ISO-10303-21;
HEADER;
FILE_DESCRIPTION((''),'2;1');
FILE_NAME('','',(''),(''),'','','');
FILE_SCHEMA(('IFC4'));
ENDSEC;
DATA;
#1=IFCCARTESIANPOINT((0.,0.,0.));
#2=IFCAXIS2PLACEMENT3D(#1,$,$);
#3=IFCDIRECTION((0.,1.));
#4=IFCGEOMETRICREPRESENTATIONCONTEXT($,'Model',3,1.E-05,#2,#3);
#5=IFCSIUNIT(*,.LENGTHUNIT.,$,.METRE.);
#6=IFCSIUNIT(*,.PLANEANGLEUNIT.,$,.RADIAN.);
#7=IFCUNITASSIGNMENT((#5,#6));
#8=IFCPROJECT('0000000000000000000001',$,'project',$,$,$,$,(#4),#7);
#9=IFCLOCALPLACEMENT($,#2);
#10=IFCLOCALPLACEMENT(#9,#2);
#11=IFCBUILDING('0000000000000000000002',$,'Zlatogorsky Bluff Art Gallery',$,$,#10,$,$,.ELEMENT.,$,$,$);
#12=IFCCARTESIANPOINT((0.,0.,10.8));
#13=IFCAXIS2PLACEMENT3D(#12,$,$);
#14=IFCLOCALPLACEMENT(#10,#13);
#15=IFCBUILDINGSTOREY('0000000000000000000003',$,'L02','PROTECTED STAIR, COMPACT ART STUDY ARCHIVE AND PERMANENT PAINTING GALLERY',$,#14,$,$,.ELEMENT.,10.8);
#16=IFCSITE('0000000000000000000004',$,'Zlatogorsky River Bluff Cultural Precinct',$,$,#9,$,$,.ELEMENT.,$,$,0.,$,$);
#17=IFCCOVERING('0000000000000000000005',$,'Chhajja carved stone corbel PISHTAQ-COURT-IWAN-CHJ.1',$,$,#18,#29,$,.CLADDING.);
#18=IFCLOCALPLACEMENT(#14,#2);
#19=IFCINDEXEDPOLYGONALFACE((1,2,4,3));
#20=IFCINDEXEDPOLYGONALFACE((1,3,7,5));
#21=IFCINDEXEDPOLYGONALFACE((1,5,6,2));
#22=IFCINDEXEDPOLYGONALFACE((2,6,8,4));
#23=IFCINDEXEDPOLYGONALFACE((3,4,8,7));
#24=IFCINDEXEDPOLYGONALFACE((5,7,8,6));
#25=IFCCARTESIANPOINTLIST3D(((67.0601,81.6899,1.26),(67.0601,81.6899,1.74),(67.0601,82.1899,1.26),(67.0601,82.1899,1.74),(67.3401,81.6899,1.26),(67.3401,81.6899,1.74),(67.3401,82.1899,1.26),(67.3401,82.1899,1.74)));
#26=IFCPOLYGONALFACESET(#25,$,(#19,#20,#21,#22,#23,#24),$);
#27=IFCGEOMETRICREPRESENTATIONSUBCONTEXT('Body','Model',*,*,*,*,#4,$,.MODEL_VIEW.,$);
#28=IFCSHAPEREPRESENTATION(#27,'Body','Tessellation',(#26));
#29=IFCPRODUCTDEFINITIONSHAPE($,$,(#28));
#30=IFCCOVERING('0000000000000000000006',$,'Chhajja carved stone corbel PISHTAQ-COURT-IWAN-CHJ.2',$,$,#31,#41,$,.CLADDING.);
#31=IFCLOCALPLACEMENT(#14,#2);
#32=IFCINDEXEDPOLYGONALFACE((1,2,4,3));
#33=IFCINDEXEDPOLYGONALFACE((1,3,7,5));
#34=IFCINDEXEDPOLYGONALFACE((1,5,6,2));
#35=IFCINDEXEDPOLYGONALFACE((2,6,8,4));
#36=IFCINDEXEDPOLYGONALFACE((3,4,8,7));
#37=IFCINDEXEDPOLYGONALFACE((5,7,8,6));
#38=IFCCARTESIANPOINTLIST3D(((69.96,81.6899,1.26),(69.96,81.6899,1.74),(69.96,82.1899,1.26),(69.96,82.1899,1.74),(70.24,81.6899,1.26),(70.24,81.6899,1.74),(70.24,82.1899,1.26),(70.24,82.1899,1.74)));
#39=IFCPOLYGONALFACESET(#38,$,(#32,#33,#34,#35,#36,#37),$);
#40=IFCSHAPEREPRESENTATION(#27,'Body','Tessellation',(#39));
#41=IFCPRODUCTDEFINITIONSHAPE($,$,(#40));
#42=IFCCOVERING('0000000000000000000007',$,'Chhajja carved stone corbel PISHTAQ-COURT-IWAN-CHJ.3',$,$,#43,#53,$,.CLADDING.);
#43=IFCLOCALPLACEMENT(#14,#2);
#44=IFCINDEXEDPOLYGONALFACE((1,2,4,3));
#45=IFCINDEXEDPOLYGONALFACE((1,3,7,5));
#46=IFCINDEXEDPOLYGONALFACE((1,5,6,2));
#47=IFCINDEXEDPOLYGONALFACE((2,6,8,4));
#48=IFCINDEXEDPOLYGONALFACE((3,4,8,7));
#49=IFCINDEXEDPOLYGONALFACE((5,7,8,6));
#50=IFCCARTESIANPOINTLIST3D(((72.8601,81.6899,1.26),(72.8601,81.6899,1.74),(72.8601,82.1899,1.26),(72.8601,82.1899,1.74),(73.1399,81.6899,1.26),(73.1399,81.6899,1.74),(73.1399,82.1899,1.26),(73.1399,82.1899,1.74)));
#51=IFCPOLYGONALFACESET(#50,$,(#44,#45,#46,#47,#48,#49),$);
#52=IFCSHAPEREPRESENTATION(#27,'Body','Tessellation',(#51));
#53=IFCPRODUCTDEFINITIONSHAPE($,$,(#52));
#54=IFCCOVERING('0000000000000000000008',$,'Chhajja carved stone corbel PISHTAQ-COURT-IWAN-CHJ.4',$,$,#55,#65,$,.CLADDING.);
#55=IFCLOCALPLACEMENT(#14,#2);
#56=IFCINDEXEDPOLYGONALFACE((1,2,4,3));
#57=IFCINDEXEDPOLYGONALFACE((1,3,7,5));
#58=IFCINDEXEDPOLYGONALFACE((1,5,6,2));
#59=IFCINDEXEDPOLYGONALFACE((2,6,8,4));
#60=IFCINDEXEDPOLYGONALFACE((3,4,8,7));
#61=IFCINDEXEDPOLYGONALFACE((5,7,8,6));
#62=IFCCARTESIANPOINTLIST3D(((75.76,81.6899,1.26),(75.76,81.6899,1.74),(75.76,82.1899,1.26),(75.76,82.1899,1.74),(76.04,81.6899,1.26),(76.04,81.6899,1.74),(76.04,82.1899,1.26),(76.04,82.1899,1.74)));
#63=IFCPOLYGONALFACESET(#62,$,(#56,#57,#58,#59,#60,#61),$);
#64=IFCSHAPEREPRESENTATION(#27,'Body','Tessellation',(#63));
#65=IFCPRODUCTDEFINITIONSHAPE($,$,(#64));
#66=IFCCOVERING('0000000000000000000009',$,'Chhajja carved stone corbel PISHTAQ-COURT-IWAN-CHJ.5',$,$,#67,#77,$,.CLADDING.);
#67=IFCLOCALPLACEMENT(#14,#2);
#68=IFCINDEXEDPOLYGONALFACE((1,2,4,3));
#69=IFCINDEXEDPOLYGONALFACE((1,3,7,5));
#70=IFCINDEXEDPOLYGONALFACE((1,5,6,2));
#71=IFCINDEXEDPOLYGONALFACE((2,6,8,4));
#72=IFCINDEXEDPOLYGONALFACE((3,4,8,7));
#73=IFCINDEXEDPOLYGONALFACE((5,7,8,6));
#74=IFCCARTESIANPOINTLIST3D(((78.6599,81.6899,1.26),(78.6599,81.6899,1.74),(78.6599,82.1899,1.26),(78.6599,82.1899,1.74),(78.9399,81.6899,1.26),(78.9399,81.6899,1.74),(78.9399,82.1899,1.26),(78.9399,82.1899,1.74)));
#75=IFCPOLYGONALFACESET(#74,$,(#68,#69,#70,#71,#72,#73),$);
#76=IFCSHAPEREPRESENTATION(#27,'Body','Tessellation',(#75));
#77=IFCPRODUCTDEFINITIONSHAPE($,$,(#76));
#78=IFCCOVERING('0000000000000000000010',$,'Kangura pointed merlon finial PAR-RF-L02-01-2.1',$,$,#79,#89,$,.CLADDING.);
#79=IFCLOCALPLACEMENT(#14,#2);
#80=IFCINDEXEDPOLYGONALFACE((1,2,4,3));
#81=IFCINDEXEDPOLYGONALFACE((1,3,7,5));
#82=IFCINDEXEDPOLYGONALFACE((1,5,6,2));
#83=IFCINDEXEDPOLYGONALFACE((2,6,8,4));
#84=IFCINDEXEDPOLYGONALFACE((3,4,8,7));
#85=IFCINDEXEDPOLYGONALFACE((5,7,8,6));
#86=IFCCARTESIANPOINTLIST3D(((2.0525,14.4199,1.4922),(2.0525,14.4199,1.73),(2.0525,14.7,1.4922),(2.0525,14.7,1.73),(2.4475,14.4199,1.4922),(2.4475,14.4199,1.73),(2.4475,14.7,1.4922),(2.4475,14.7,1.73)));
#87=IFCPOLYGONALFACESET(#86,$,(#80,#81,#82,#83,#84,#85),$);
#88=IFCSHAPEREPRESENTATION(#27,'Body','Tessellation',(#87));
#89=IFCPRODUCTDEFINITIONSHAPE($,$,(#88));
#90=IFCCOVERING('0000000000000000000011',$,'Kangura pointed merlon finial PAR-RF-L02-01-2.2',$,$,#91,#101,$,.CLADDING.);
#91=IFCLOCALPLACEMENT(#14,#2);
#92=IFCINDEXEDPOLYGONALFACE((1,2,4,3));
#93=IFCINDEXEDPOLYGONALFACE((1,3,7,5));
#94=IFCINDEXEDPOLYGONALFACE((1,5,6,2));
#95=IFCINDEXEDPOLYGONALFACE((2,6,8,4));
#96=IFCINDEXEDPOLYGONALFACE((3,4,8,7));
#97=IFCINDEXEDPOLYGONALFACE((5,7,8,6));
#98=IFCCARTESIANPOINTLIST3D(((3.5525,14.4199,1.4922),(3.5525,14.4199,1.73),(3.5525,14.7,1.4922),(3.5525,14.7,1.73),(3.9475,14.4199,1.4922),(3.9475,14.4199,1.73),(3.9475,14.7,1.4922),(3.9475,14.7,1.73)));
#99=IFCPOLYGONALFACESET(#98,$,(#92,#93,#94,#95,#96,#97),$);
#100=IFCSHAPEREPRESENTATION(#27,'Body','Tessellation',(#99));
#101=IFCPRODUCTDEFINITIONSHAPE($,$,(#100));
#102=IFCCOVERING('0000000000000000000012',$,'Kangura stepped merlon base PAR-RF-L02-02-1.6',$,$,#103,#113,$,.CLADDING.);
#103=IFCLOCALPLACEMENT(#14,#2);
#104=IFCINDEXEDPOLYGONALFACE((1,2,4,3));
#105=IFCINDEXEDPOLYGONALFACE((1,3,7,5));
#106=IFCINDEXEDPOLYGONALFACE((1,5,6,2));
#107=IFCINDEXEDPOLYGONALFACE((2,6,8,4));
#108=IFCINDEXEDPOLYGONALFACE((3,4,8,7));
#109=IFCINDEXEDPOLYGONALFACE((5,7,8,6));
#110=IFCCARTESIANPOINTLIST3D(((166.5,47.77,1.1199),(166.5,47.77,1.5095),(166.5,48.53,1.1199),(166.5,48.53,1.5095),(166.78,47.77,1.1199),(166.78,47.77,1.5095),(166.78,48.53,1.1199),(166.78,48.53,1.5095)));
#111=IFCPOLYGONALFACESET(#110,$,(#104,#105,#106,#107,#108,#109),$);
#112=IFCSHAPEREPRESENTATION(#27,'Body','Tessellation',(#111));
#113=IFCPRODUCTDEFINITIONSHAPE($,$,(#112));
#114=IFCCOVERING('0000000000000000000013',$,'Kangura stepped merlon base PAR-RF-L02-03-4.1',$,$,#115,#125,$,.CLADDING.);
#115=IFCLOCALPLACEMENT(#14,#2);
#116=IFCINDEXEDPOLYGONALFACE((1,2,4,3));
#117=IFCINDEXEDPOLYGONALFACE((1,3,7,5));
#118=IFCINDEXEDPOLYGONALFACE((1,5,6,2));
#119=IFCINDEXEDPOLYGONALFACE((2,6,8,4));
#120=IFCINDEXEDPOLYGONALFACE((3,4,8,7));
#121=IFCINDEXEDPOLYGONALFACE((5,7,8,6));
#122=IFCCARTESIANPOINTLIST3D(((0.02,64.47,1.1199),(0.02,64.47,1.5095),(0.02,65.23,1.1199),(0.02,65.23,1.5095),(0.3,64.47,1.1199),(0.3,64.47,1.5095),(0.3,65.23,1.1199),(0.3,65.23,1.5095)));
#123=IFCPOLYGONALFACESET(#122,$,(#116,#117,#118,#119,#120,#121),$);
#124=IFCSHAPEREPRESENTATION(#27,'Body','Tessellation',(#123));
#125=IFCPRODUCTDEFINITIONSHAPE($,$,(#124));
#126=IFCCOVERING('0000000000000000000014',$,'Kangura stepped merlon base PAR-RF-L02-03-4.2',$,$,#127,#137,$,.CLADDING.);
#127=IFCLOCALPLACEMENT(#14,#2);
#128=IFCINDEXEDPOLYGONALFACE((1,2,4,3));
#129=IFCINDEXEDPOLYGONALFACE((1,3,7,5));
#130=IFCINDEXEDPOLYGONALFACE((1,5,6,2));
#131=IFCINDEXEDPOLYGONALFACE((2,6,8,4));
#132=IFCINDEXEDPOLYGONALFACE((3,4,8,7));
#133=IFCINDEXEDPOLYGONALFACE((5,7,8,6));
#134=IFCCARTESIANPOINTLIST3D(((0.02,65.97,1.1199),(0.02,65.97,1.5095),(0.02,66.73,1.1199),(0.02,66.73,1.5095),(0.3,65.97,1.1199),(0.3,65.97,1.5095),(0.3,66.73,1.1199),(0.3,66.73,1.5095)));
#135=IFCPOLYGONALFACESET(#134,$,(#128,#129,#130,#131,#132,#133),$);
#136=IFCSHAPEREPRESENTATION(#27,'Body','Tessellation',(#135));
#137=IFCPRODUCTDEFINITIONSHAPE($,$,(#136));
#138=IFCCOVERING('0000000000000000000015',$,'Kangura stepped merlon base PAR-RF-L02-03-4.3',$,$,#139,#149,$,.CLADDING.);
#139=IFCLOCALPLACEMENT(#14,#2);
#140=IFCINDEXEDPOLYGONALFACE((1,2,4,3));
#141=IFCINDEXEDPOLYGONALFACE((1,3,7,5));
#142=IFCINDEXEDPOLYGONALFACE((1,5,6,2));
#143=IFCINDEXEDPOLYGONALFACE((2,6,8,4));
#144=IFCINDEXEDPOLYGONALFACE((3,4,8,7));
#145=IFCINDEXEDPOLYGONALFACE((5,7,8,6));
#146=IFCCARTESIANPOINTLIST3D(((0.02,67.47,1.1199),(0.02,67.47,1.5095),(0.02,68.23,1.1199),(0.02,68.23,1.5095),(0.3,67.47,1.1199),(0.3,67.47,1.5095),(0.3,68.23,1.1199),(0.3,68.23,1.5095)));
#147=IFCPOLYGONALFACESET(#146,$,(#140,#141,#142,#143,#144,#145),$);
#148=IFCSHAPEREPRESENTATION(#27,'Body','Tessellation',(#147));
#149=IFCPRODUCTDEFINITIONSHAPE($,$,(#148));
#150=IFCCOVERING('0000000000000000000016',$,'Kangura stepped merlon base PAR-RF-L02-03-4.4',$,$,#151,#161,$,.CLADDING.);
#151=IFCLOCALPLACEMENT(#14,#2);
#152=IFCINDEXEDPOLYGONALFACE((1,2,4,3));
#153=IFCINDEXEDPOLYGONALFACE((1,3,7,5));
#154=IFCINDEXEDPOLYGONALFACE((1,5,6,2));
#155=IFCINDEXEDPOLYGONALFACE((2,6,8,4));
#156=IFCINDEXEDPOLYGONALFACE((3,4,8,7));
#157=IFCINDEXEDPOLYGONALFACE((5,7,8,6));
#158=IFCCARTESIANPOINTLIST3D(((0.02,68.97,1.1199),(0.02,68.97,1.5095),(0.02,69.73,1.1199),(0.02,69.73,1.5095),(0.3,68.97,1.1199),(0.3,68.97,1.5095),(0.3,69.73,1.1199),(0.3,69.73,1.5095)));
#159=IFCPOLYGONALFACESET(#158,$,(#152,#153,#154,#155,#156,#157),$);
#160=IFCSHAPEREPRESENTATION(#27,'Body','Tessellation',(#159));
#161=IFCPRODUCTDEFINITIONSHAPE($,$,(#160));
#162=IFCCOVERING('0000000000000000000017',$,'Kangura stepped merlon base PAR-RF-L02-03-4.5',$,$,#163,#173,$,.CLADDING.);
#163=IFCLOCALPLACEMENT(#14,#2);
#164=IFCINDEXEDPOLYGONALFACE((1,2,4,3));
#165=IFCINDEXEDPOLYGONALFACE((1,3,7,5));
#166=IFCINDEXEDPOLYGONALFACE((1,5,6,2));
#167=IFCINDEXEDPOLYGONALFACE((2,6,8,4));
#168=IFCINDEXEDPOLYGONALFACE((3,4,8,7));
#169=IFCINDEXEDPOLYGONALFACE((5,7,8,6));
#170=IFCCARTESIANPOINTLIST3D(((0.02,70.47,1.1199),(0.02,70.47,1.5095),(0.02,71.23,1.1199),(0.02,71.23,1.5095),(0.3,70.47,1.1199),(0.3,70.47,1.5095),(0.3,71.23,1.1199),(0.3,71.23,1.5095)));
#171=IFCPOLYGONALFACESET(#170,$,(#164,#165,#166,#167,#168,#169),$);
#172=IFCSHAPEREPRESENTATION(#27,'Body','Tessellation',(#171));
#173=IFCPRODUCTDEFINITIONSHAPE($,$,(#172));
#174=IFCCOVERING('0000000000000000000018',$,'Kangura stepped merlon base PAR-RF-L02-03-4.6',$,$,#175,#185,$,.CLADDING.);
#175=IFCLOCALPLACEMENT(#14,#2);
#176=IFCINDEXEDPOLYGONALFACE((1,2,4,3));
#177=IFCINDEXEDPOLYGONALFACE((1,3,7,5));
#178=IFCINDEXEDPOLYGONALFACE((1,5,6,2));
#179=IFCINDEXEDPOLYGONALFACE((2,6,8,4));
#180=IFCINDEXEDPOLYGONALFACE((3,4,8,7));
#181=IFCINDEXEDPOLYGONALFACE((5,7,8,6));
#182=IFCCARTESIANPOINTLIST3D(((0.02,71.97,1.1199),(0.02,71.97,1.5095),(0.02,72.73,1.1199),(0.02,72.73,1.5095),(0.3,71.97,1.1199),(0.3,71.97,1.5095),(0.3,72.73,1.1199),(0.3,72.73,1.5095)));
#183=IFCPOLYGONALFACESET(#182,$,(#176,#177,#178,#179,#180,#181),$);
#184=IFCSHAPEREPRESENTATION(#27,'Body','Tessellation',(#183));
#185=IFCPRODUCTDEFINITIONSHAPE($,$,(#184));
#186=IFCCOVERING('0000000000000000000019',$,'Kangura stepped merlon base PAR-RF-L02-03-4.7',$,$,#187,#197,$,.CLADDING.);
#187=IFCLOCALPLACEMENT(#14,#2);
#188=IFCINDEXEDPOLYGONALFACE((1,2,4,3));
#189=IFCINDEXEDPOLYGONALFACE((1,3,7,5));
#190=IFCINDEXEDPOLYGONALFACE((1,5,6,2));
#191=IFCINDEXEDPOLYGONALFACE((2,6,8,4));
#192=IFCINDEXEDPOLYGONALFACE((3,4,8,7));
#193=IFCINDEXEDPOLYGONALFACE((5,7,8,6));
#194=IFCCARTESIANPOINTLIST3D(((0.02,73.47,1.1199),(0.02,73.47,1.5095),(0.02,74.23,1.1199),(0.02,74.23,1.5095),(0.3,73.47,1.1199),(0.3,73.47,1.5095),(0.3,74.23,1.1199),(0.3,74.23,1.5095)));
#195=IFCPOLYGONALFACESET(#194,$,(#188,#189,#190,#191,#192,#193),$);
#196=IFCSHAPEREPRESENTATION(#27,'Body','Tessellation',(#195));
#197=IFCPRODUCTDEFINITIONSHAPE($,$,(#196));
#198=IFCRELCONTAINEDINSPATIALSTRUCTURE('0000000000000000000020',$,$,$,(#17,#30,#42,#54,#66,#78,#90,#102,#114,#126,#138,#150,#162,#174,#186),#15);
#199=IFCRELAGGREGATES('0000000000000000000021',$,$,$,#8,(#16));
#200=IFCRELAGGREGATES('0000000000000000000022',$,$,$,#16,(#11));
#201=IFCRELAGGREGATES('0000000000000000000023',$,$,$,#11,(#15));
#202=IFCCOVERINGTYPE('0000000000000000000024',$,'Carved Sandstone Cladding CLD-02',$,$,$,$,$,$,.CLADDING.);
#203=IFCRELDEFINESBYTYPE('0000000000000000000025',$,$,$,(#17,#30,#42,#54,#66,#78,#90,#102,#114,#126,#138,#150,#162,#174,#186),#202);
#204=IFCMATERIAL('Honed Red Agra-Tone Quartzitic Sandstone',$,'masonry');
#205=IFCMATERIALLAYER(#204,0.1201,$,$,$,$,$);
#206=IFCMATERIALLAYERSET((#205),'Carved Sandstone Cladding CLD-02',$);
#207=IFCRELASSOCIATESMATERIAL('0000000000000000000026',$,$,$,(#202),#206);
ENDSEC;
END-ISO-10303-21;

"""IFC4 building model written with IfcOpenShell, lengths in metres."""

from ifc_helpers import new_model, si_unit, direction, frame, origin, place, context, subcontext, project, spatial, polyline, outline, extrude, material, layer, layer_set, type_object, element, save


model = new_model("IFC4")

# Units and contexts
model_context = context("Model", 3, precision=1e-05, world=origin(), true_north=direction((0.0, 1.0)))
body_context = subcontext(model_context, "Body", "Model", "MODEL_VIEW")
ifc_project = project(units=[si_unit("LENGTHUNIT", "METRE"), si_unit("PLANEANGLEUNIT", "RADIAN")], contexts=[model_context])

# Site, building, storey
site_placement = place(None, origin())
site = spatial("IfcSite", under=ifc_project, at=site_placement, Name="Zlatogorsky River Bluff Cultural Precinct", CompositionType="ELEMENT", RefElevation=0.0)
building_placement = place(site_placement, origin())
building = spatial("IfcBuilding", under=site, at=building_placement, Name="Zlatogorsky Bluff Art Gallery", CompositionType="ELEMENT")
storey_placement = place(building_placement, frame((0.0, 0.0, 10.8)))
storey = spatial("IfcBuildingStorey", under=building, at=storey_placement, Name="L02", Description="PROTECTED STAIR, COMPACT ART STUDY ARCHIVE AND PERMANENT PAINTING GALLERY", CompositionType="ELEMENT", Elevation=10.8)

# Coverings
ifc_material = material(Name="Honed Red Agra-Tone Quartzitic Sandstone", Category="masonry")
ifc_layer = layer(ifc_material, 0.1201)
ifc_layer_set = layer_set([ifc_layer], Name="Carved Sandstone Cladding CLD-02")
covering_type = type_object("IfcCoveringType", Name="Carved Sandstone Cladding CLD-02", PredefinedType="CLADDING", material=ifc_layer_set)
covering_1_placement = place(storey_placement, frame((0.0, 0.0, 1.26)))
element("IfcCovering", 1, at=covering_1_placement, inside=storey, type_object=covering_type, Name="Chhajja carved stone corbel PISHTAQ-COURT-IWAN-CHJ.1", PredefinedType="CLADDING", context=body_context, shape_type="SweptSolid", body=[
    extrude(outline(polyline([(67.0601, 81.6899), (67.3401, 81.6899), (67.3401, 82.1899), (67.0601, 82.1899), (67.0601, 81.6899)])), origin(), (0.0, 0.0, 1.0), 0.48),
])
covering_2_placement = place(storey_placement, frame((0.0, 0.0, 1.26)))
element("IfcCovering", 2, at=covering_2_placement, inside=storey, type_object=covering_type, Name="Chhajja carved stone corbel PISHTAQ-COURT-IWAN-CHJ.2", PredefinedType="CLADDING", context=body_context, shape_type="SweptSolid", body=[
    extrude(outline(polyline([(69.96, 81.6899), (70.24, 81.6899), (70.24, 82.1899), (69.96, 82.1899), (69.96, 81.6899)])), origin(), (0.0, 0.0, 1.0), 0.48),
])
covering_3_placement = place(storey_placement, frame((0.0, 0.0, 1.26)))
element("IfcCovering", 3, at=covering_3_placement, inside=storey, type_object=covering_type, Name="Chhajja carved stone corbel PISHTAQ-COURT-IWAN-CHJ.3", PredefinedType="CLADDING", context=body_context, shape_type="SweptSolid", body=[
    extrude(outline(polyline([(72.8601, 81.6899), (73.1399, 81.6899), (73.1399, 82.1899), (72.8601, 82.1899), (72.8601, 81.6899)])), origin(), (0.0, 0.0, 1.0), 0.48),
])
covering_4_placement = place(storey_placement, frame((0.0, 0.0, 1.26)))
element("IfcCovering", 4, at=covering_4_placement, inside=storey, type_object=covering_type, Name="Chhajja carved stone corbel PISHTAQ-COURT-IWAN-CHJ.4", PredefinedType="CLADDING", context=body_context, shape_type="SweptSolid", body=[
    extrude(outline(polyline([(75.76, 81.6899), (76.04, 81.6899), (76.04, 82.1899), (75.76, 82.1899), (75.76, 81.6899)])), origin(), (0.0, 0.0, 1.0), 0.48),
])
covering_5_placement = place(storey_placement, frame((0.0, 0.0, 1.26)))
element("IfcCovering", 5, at=covering_5_placement, inside=storey, type_object=covering_type, Name="Chhajja carved stone corbel PISHTAQ-COURT-IWAN-CHJ.5", PredefinedType="CLADDING", context=body_context, shape_type="SweptSolid", body=[
    extrude(outline(polyline([(78.6599, 81.6899), (78.9399, 81.6899), (78.9399, 82.1899), (78.6599, 82.1899), (78.6599, 81.6899)])), origin(), (0.0, 0.0, 1.0), 0.48),
])
covering_6_placement = place(storey_placement, frame((0.0, 0.0, 1.4922)))
element("IfcCovering", 6, at=covering_6_placement, inside=storey, type_object=covering_type, Name="Kangura pointed merlon finial PAR-RF-L02-01-2.1", PredefinedType="CLADDING", context=body_context, shape_type="SweptSolid", body=[
    extrude(outline(polyline([(2.0525, 14.4199), (2.4475, 14.4199), (2.4475, 14.7), (2.0525, 14.7), (2.0525, 14.4199)])), origin(), (0.0, 0.0, 1.0), 0.2378),
])
covering_7_placement = place(storey_placement, frame((0.0, 0.0, 1.4922)))
element("IfcCovering", 7, at=covering_7_placement, inside=storey, type_object=covering_type, Name="Kangura pointed merlon finial PAR-RF-L02-01-2.2", PredefinedType="CLADDING", context=body_context, shape_type="SweptSolid", body=[
    extrude(outline(polyline([(3.5525, 14.4199), (3.9475, 14.4199), (3.9475, 14.7), (3.5525, 14.7), (3.5525, 14.4199)])), origin(), (0.0, 0.0, 1.0), 0.2378),
])
covering_8_placement = place(storey_placement, frame((0.0, 0.0, 1.1199)))
element("IfcCovering", 8, at=covering_8_placement, inside=storey, type_object=covering_type, Name="Kangura stepped merlon base PAR-RF-L02-02-1.6", PredefinedType="CLADDING", context=body_context, shape_type="SweptSolid", body=[
    extrude(outline(polyline([(166.5, 47.77), (166.5, 48.53), (166.78, 48.53), (166.78, 47.77), (166.5, 47.77)])), origin(), (0.0, 0.0, 1.0), 0.3896),
])
covering_9_placement = place(storey_placement, frame((0.0, 0.0, 1.1199)))
element("IfcCovering", 9, at=covering_9_placement, inside=storey, type_object=covering_type, Name="Kangura stepped merlon base PAR-RF-L02-03-4.1", PredefinedType="CLADDING", context=body_context, shape_type="SweptSolid", body=[
    extrude(outline(polyline([(0.02, 64.47), (0.02, 65.23), (0.3, 65.23), (0.3, 64.47), (0.02, 64.47)])), origin(), (0.0, 0.0, 1.0), 0.3896),
])
covering_10_placement = place(storey_placement, frame((0.0, 0.0, 1.1199)))
element("IfcCovering", 10, at=covering_10_placement, inside=storey, type_object=covering_type, Name="Kangura stepped merlon base PAR-RF-L02-03-4.2", PredefinedType="CLADDING", context=body_context, shape_type="SweptSolid", body=[
    extrude(outline(polyline([(0.02, 65.97), (0.02, 66.73), (0.3, 66.73), (0.3, 65.97), (0.02, 65.97)])), origin(), (0.0, 0.0, 1.0), 0.3896),
])
covering_11_placement = place(storey_placement, frame((0.0, 0.0, 1.1199)))
element("IfcCovering", 11, at=covering_11_placement, inside=storey, type_object=covering_type, Name="Kangura stepped merlon base PAR-RF-L02-03-4.3", PredefinedType="CLADDING", context=body_context, shape_type="SweptSolid", body=[
    extrude(outline(polyline([(0.02, 67.47), (0.02, 68.23), (0.3, 68.23), (0.3, 67.47), (0.02, 67.47)])), origin(), (0.0, 0.0, 1.0), 0.3896),
])
covering_12_placement = place(storey_placement, frame((0.0, 0.0, 1.1199)))
element("IfcCovering", 12, at=covering_12_placement, inside=storey, type_object=covering_type, Name="Kangura stepped merlon base PAR-RF-L02-03-4.4", PredefinedType="CLADDING", context=body_context, shape_type="SweptSolid", body=[
    extrude(outline(polyline([(0.02, 68.97), (0.02, 69.73), (0.3, 69.73), (0.3, 68.97), (0.02, 68.97)])), origin(), (0.0, 0.0, 1.0), 0.3896),
])
covering_13_placement = place(storey_placement, frame((0.0, 0.0, 1.1199)))
element("IfcCovering", 13, at=covering_13_placement, inside=storey, type_object=covering_type, Name="Kangura stepped merlon base PAR-RF-L02-03-4.5", PredefinedType="CLADDING", context=body_context, shape_type="SweptSolid", body=[
    extrude(outline(polyline([(0.02, 70.47), (0.02, 71.23), (0.3, 71.23), (0.3, 70.47), (0.02, 70.47)])), origin(), (0.0, 0.0, 1.0), 0.3896),
])
covering_14_placement = place(storey_placement, frame((0.0, 0.0, 1.1199)))
element("IfcCovering", 14, at=covering_14_placement, inside=storey, type_object=covering_type, Name="Kangura stepped merlon base PAR-RF-L02-03-4.6", PredefinedType="CLADDING", context=body_context, shape_type="SweptSolid", body=[
    extrude(outline(polyline([(0.02, 71.97), (0.02, 72.73), (0.3, 72.73), (0.3, 71.97), (0.02, 71.97)])), origin(), (0.0, 0.0, 1.0), 0.3896),
])
covering_15_placement = place(storey_placement, frame((0.0, 0.0, 1.1199)))
element("IfcCovering", 15, at=covering_15_placement, inside=storey, type_object=covering_type, Name="Kangura stepped merlon base PAR-RF-L02-03-4.7", PredefinedType="CLADDING", context=body_context, shape_type="SweptSolid", body=[
    extrude(outline(polyline([(0.02, 73.47), (0.02, 74.23), (0.3, 74.23), (0.3, 73.47), (0.02, 73.47)])), origin(), (0.0, 0.0, 1.0), 0.3896),
])

save(model, "model.ifc")
